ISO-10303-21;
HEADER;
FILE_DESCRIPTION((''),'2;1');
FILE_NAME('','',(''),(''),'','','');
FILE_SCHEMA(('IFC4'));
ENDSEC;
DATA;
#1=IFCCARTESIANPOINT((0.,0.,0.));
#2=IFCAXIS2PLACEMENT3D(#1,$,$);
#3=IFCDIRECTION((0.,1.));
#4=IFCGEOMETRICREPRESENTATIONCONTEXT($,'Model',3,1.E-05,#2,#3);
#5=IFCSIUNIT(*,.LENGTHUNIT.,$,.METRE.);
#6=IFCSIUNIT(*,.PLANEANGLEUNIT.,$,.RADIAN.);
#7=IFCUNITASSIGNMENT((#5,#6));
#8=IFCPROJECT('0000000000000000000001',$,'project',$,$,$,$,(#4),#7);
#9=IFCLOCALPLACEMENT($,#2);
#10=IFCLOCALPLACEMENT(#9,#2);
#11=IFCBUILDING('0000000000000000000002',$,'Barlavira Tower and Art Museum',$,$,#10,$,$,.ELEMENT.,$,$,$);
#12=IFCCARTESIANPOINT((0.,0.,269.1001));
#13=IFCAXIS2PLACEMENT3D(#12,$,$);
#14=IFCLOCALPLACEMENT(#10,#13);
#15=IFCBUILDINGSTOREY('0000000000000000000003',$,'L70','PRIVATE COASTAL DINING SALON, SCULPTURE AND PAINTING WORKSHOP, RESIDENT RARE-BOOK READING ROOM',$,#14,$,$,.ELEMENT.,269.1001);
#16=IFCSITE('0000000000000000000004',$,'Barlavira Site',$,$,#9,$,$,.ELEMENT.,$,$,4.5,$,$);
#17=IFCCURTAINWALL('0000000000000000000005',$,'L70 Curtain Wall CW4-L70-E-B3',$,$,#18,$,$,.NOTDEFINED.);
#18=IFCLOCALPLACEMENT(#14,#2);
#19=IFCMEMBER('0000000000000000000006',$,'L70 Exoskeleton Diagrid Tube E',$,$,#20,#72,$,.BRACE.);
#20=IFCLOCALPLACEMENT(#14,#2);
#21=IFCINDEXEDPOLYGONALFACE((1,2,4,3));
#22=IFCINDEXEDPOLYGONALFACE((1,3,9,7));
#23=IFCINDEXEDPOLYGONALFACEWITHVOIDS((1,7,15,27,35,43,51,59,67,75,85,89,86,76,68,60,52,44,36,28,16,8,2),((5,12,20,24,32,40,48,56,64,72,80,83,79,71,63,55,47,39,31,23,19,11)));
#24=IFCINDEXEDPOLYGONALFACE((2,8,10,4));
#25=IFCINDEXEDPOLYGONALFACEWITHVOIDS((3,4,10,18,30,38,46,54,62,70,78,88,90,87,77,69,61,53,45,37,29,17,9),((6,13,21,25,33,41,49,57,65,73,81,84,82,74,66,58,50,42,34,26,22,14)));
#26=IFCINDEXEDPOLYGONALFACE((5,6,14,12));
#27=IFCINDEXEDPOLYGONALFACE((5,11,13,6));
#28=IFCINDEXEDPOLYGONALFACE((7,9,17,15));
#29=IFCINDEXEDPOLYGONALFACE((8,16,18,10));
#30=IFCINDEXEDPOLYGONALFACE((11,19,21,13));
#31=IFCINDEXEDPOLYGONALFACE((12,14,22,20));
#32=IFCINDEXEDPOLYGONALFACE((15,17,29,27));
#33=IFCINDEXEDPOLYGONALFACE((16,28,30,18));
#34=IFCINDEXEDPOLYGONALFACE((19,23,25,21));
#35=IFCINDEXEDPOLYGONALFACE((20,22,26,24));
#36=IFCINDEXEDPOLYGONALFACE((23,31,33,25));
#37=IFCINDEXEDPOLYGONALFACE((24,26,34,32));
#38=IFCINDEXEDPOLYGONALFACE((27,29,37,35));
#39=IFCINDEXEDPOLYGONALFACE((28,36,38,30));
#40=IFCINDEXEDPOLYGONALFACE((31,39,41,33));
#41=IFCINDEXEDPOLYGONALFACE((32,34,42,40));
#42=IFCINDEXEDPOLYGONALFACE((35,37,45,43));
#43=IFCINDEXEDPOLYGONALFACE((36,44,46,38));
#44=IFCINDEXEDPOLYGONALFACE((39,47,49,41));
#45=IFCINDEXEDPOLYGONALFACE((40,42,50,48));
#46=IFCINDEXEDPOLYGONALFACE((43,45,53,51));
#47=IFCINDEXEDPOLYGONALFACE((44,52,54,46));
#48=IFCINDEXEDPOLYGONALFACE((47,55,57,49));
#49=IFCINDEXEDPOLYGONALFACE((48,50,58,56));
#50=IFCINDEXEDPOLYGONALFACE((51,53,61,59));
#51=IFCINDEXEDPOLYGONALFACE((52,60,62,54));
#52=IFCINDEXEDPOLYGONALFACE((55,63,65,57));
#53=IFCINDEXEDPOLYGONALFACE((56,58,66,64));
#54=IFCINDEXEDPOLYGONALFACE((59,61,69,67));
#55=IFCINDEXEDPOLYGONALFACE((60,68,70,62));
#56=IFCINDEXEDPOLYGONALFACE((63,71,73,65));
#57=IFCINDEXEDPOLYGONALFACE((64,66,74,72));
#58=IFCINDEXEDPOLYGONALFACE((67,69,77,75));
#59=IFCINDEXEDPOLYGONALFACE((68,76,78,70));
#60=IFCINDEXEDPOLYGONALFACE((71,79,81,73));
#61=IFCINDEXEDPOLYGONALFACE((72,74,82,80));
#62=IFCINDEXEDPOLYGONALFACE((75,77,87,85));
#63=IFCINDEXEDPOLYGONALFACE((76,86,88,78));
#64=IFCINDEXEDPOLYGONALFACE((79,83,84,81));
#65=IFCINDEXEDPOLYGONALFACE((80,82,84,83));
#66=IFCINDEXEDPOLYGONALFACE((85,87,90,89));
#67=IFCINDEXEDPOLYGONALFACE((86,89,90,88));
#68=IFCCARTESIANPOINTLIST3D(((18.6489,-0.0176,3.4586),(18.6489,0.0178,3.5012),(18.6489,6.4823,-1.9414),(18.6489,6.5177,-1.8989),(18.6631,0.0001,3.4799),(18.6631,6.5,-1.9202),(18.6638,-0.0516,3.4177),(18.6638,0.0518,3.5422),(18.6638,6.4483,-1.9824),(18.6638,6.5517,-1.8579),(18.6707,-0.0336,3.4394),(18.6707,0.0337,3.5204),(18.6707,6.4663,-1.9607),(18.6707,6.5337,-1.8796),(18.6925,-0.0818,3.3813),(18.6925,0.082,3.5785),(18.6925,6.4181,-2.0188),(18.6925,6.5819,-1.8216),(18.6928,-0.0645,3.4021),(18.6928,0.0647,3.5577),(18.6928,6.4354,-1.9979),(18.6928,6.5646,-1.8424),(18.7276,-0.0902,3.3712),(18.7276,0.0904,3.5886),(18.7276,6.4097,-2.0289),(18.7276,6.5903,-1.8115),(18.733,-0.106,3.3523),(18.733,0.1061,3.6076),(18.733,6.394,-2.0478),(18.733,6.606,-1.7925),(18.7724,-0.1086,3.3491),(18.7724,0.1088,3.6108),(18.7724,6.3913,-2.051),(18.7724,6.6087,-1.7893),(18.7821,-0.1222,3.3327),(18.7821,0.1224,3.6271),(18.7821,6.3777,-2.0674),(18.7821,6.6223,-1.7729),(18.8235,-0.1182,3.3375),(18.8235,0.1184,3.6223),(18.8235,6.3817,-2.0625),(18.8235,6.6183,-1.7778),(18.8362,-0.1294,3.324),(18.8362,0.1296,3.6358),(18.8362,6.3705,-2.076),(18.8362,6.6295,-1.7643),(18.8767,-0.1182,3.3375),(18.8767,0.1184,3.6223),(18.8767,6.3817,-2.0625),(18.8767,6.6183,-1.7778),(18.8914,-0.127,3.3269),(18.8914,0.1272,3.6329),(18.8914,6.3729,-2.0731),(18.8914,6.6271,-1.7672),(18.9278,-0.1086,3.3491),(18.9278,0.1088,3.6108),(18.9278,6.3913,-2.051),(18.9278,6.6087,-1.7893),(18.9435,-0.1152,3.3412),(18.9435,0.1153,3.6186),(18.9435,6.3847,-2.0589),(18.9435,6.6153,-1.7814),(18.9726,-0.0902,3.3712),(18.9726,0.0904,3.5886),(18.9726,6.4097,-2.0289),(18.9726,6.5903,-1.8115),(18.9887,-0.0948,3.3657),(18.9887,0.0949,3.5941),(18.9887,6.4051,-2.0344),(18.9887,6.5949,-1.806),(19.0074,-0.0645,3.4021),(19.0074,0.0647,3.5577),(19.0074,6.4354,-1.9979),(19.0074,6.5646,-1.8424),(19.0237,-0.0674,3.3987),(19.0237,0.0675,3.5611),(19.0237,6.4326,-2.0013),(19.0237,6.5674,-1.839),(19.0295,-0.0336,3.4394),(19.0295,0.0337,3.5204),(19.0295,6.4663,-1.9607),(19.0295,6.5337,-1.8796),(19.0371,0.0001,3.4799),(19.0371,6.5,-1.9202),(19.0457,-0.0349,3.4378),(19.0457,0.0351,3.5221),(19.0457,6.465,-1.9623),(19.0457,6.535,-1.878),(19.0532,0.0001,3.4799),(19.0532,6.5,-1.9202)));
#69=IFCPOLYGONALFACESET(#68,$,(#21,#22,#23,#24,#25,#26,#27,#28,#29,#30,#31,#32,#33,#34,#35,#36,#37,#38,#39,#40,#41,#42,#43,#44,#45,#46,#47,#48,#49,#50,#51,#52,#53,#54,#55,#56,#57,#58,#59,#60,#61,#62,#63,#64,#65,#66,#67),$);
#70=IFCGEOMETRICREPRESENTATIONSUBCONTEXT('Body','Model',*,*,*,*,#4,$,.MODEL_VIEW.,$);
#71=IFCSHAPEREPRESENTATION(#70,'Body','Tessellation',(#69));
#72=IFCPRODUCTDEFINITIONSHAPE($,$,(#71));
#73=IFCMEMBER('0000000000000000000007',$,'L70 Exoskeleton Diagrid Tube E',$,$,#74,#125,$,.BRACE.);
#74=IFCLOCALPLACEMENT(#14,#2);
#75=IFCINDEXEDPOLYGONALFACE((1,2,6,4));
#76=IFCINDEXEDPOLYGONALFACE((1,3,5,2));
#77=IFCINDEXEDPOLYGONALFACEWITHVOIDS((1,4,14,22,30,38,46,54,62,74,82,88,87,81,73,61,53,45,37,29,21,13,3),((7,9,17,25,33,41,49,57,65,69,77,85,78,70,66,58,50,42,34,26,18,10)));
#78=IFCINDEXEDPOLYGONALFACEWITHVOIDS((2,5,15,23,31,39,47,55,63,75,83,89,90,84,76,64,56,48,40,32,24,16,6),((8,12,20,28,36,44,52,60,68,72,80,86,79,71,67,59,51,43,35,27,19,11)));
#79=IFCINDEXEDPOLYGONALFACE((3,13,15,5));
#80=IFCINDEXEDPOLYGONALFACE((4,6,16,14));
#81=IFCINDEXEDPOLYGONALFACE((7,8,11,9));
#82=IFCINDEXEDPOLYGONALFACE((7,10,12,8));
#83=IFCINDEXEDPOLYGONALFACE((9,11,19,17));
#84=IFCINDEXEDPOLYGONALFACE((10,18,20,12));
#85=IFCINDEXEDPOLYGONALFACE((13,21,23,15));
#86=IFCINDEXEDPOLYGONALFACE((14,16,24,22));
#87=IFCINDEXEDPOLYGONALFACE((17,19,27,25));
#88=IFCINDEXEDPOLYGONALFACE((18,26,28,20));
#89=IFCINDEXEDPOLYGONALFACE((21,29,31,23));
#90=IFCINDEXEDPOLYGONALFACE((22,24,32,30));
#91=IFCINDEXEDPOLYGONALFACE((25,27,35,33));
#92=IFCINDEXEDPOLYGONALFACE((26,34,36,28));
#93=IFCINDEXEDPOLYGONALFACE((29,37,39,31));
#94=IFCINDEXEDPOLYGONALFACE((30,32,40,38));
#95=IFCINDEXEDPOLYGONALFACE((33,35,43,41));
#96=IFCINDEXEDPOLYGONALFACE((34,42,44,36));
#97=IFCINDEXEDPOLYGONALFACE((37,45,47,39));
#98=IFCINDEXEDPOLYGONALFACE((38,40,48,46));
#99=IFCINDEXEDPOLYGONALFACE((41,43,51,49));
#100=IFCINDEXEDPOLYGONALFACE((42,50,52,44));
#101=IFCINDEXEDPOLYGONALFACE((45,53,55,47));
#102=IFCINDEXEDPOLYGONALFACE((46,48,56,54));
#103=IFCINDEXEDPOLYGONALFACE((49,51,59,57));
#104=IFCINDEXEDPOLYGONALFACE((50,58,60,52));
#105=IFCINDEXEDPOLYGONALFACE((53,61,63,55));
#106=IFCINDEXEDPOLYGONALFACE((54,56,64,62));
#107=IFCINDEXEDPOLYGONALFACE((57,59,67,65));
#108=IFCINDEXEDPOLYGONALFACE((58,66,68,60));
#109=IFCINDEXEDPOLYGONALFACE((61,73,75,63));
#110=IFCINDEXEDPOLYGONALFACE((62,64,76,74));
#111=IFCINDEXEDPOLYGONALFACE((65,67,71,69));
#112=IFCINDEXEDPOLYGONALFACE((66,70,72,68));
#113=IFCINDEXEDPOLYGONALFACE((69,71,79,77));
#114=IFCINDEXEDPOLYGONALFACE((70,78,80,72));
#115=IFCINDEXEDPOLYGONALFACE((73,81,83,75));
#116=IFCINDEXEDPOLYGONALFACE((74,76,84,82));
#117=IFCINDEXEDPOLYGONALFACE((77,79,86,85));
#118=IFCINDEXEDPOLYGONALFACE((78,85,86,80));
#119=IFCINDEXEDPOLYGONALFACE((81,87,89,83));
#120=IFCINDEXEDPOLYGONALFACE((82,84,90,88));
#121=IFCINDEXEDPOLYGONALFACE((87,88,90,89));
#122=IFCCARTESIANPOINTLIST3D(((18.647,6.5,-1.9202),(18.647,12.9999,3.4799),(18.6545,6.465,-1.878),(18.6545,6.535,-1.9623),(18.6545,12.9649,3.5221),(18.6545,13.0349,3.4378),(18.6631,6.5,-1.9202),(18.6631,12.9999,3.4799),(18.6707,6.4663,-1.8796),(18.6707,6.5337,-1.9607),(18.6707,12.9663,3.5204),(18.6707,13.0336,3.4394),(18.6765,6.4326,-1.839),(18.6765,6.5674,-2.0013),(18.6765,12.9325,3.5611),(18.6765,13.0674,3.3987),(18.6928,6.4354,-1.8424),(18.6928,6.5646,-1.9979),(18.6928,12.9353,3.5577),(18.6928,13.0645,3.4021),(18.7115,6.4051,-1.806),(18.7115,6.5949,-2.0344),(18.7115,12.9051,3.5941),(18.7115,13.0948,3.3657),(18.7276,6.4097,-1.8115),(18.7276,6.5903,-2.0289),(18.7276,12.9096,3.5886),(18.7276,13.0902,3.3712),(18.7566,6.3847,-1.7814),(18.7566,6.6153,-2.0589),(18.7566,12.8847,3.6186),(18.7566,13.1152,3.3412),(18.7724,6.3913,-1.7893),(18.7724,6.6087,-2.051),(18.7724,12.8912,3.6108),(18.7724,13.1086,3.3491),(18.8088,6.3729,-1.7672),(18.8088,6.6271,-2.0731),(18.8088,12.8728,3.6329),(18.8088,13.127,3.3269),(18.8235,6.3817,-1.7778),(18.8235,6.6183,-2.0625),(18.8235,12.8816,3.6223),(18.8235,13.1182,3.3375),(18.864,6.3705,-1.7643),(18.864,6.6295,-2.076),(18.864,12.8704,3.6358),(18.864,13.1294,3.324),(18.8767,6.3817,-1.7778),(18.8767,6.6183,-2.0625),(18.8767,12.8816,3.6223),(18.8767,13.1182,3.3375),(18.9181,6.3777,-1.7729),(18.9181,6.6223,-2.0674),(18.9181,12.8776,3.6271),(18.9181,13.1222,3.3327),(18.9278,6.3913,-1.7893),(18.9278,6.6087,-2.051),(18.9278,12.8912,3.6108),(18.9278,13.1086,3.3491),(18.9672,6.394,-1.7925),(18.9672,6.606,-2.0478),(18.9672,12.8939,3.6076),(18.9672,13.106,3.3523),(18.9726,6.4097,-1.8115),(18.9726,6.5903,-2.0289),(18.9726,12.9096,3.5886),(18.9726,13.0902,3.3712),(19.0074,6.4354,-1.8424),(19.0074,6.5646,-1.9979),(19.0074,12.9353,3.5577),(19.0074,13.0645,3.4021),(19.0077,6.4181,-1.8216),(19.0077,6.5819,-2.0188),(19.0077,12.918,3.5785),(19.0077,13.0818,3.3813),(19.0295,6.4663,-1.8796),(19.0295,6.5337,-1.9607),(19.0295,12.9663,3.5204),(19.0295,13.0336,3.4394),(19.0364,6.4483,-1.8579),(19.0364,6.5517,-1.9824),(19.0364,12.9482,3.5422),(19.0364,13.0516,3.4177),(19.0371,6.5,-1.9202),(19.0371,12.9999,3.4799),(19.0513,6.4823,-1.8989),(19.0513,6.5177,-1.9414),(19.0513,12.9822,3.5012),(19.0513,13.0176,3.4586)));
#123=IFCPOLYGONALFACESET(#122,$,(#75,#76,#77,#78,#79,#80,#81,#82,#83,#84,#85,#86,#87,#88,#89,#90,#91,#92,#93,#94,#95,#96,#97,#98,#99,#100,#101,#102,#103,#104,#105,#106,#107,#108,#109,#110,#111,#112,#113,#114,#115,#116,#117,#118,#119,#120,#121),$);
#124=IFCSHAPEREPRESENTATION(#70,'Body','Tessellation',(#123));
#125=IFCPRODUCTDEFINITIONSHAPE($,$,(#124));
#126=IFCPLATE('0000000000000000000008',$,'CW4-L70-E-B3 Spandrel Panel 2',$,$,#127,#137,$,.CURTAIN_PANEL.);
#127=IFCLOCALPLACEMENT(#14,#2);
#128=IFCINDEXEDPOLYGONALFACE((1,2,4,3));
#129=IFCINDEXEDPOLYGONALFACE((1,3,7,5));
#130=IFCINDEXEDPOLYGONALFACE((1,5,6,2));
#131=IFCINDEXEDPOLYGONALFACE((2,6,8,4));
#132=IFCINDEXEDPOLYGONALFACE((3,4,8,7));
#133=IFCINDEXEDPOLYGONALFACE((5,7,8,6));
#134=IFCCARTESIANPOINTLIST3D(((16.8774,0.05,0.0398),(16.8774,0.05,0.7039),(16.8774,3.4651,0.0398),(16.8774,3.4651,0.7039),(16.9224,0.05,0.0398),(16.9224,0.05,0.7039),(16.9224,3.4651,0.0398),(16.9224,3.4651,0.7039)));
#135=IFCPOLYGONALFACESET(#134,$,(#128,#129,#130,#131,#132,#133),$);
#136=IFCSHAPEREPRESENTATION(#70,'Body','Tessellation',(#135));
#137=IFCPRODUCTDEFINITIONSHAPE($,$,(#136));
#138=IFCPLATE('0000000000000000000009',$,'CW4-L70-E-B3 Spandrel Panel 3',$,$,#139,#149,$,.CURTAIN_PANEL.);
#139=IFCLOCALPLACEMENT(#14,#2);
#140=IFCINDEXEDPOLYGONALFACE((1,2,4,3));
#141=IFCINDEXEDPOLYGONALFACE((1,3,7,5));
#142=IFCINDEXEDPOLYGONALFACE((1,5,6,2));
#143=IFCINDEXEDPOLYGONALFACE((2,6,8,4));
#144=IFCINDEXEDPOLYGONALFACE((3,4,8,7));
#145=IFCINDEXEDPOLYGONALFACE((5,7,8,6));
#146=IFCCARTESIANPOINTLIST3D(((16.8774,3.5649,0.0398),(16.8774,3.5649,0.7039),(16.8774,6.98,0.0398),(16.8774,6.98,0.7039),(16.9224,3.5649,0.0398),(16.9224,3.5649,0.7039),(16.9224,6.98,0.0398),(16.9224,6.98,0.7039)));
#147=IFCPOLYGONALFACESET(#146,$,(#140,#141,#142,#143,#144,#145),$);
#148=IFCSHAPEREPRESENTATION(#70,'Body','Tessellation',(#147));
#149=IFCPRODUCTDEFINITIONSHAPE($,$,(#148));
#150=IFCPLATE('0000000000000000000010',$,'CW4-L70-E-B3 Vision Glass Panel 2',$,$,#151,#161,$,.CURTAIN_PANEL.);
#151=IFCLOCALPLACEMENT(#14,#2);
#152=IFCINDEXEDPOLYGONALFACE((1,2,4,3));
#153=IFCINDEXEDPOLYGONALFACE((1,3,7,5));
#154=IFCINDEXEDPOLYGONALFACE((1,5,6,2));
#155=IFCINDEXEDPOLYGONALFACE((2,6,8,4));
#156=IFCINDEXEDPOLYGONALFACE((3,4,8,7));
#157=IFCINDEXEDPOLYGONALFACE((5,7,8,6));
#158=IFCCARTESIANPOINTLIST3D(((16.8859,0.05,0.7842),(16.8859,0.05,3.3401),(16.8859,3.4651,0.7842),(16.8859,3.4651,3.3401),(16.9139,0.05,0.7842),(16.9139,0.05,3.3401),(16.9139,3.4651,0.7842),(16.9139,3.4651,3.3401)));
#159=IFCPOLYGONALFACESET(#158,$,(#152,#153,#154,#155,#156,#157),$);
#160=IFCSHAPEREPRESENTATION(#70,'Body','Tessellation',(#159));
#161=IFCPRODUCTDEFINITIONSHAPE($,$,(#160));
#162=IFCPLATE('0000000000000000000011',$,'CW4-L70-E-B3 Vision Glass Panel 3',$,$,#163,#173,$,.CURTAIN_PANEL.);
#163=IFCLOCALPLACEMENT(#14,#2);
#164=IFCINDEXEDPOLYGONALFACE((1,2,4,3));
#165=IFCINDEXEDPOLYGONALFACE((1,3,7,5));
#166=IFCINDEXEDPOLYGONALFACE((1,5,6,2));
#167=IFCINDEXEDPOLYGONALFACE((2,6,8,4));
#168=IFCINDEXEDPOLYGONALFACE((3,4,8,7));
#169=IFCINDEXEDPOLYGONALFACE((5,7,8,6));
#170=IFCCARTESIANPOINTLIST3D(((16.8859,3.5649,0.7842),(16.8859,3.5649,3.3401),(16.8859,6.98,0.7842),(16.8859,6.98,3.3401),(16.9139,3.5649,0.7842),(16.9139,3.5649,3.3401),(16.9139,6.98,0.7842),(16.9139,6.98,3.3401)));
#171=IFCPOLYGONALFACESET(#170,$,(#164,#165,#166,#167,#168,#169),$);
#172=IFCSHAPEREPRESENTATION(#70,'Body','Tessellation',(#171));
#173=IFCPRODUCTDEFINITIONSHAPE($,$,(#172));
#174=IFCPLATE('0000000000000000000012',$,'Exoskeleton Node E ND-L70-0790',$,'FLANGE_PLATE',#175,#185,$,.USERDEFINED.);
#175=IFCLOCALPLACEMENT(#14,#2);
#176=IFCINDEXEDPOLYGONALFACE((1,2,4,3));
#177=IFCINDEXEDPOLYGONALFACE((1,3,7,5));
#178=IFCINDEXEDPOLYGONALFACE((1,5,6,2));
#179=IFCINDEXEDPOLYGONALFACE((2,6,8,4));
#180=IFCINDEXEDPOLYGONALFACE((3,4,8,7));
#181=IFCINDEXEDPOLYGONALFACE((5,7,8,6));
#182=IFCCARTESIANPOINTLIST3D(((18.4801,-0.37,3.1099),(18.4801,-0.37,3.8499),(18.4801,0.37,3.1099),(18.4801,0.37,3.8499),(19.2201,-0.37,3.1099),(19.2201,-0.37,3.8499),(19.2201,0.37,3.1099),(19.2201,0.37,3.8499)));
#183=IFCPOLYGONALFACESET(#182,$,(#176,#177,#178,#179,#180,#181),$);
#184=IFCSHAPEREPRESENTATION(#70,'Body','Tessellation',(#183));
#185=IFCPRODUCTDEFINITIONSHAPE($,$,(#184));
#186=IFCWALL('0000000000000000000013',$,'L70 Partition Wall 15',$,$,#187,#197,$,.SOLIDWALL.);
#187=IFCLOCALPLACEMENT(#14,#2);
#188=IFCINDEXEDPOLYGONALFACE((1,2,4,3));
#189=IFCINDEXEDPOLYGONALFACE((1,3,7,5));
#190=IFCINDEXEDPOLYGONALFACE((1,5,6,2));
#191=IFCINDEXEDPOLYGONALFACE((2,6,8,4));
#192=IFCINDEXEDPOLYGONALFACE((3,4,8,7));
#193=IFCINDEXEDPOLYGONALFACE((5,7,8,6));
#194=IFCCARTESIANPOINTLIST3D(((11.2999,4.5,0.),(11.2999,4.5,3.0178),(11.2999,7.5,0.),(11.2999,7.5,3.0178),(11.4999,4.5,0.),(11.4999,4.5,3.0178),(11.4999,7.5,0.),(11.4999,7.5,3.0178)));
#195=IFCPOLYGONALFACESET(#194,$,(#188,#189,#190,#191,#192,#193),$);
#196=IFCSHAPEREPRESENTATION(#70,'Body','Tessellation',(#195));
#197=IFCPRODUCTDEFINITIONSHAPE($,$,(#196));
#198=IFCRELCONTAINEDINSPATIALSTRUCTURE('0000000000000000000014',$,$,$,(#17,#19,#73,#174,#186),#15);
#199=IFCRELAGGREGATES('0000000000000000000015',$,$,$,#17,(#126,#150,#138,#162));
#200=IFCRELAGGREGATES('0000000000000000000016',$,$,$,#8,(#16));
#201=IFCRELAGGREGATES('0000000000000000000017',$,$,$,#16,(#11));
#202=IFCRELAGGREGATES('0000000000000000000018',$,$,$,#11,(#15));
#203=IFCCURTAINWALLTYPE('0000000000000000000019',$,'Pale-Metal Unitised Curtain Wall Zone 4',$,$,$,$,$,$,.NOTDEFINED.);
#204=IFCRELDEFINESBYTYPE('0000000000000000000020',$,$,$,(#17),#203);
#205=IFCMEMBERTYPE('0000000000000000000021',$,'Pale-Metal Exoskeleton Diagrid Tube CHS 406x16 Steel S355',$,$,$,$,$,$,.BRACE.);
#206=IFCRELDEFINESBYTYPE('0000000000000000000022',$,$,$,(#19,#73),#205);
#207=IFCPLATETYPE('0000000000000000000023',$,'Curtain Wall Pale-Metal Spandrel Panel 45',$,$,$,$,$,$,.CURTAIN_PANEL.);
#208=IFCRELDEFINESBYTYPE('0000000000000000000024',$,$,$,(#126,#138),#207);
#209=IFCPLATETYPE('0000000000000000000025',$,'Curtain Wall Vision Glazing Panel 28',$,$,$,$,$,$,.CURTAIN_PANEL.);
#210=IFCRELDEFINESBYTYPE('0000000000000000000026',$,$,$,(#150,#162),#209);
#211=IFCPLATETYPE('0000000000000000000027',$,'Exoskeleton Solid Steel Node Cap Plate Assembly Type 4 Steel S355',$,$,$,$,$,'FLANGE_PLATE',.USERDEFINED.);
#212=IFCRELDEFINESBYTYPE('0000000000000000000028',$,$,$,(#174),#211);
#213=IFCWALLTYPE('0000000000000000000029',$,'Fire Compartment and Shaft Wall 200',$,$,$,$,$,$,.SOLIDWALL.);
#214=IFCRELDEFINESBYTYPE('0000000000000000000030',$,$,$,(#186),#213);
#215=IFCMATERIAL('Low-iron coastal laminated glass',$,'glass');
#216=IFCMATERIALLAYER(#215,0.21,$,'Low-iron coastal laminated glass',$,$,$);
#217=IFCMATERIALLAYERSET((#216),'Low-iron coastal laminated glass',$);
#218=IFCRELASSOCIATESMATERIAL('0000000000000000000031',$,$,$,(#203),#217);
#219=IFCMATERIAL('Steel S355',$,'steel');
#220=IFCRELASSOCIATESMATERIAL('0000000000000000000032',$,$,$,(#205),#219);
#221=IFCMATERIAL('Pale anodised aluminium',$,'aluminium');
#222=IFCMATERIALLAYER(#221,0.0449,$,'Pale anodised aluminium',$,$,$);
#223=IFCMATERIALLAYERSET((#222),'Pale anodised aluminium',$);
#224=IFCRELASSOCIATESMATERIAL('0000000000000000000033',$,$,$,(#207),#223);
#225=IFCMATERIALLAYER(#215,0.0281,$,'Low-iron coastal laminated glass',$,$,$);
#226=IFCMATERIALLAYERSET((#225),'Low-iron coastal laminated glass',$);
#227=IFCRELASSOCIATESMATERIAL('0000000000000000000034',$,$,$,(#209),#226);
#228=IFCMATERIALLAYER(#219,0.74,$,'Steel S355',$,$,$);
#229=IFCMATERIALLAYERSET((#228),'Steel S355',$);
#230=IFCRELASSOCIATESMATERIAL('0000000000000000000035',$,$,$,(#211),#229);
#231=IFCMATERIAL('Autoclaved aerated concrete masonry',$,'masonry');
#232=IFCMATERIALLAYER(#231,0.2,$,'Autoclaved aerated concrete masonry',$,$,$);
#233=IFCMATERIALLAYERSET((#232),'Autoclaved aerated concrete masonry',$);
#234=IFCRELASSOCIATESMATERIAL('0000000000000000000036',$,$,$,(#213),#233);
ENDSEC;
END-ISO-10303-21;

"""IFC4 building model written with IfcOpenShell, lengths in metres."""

from ifc_helpers import new_model, si_unit, direction, frame, frame_2d, origin, origin_2d, place, context, subcontext, project, spatial, rectangle, hollow_circle, extrude, material, layer, layer_set, material_profile, profile_set, type_object, element, aggregate, save


model = new_model("IFC4")

# Units and contexts
model_context = context("Model", 3, precision=1e-05, world=origin(), true_north=direction((0.0, 1.0)))
body_context = subcontext(model_context, "Body", "Model", "MODEL_VIEW")
ifc_project = project(units=[si_unit("LENGTHUNIT", "METRE"), si_unit("PLANEANGLEUNIT", "RADIAN")], contexts=[model_context])

# Site, building, storey
site_placement = place(None, origin())
site = spatial("IfcSite", under=ifc_project, at=site_placement, Name="Barlavira Site", CompositionType="ELEMENT", RefElevation=4.5)
building_placement = place(site_placement, origin())
building = spatial("IfcBuilding", under=site, at=building_placement, Name="Barlavira Tower and Art Museum", CompositionType="ELEMENT")
storey_placement = place(building_placement, frame((0.0, 0.0, 269.1001)))
storey = spatial("IfcBuildingStorey", under=building, at=storey_placement, Name="L70", Description="PRIVATE COASTAL DINING SALON, SCULPTURE AND PAINTING WORKSHOP, RESIDENT RARE-BOOK READING ROOM", CompositionType="ELEMENT", Elevation=269.1001)

# Curtain wall
ifc_material_1 = material(Name="Low-iron coastal laminated glass", Category="glass")
ifc_layer_1 = layer(ifc_material_1, 0.21, Name="Low-iron coastal laminated glass")
ifc_layer_set_1 = layer_set([ifc_layer_1], Name="Low-iron coastal laminated glass")
curtain_wall_type = type_object("IfcCurtainWallType", Name="Pale-Metal Unitised Curtain Wall Zone 4", PredefinedType="NOTDEFINED", material=ifc_layer_set_1)
curtain_wall_placement = place(storey_placement, origin())
curtain_wall = element("IfcCurtainWall", 1, at=curtain_wall_placement, inside=storey, type_object=curtain_wall_type, Name="L70 Curtain Wall CW4-L70-E-B3", PredefinedType="NOTDEFINED")
ifc_material_2 = material(Name="Pale anodised aluminium", Category="aluminium")

# Members
ifc_material_3 = material(Name="Steel S355", Category="steel")
ifc_material_profile_1 = material_profile(ifc_material_3, hollow_circle(Radius=0.2031, WallThickness=0.0161, at=origin_2d()), Name="CHS 406.4x16.0")
ifc_profile_set_1 = profile_set([ifc_material_profile_1], Name="Steel S355")
member_type_1 = type_object("IfcMemberType", Name="Pale-Metal Exoskeleton Diagrid Tube CHS 406x16 Steel S355", PredefinedType="BRACE", material=ifc_profile_set_1)
for number, where, z_axis, x_axis, name in (
    (2, (18.8501, 6.5, -1.9202), (0.0, -0.769182, 0.63903), (1.0, 0.0, 0.0), "L70 Exoskeleton Diagrid Tube E"),
    (3, (18.8501, 6.5, -1.9202), (0.0, 0.769182, 0.63903), (-1.0, 0.0, 0.0), "L70 Exoskeleton Diagrid Tube E"),
):
    element("IfcMember", number, at=place(storey_placement, frame(where, z_axis=z_axis, x_axis=x_axis)), inside=storey, type_object=member_type_1, Name=name, PredefinedType="BRACE", context=body_context, shape_type="SweptSolid", body=[
        extrude(hollow_circle(Radius=0.2031, WallThickness=0.0161, at=origin_2d()), origin(), (0.0, 0.0, 1.0), 8.4504),
    ])

# Plates
ifc_layer_2 = layer(ifc_material_2, 0.0449, Name="Pale anodised aluminium")
ifc_layer_set_2 = layer_set([ifc_layer_2], Name="Pale anodised aluminium")
plate_type_1 = type_object("IfcPlateType", Name="Curtain Wall Pale-Metal Spandrel Panel 45", PredefinedType="CURTAIN_PANEL", material=ifc_layer_set_2)
plate_1_placement = place(storey_placement, frame((16.8999, 1.7576, 0.0398), z_axis=(0.0, 0.0, 1.0), x_axis=(0.0, 1.0, 0.0)))
plate_1 = element("IfcPlate", 4, at=plate_1_placement, type_object=plate_type_1, Name="CW4-L70-E-B3 Spandrel Panel 2", PredefinedType="CURTAIN_PANEL", context=body_context, shape_type="SweptSolid", body=[
    extrude(rectangle(XDim=3.415, YDim=0.0449, at=origin_2d()), origin(), (0.0, 0.0, 1.0), 0.6641),
])
plate_2_placement = place(storey_placement, frame((16.8999, 5.2725, 0.0398), z_axis=(0.0, 0.0, 1.0), x_axis=(0.0, 1.0, 0.0)))
plate_2 = element("IfcPlate", 5, at=plate_2_placement, type_object=plate_type_1, Name="CW4-L70-E-B3 Spandrel Panel 3", PredefinedType="CURTAIN_PANEL", context=body_context, shape_type="SweptSolid", body=[
    extrude(rectangle(XDim=3.415, YDim=0.0449, at=origin_2d()), origin(), (0.0, 0.0, 1.0), 0.6641),
])
ifc_layer_3 = layer(ifc_material_1, 0.0281, Name="Low-iron coastal laminated glass")
ifc_layer_set_3 = layer_set([ifc_layer_3], Name="Low-iron coastal laminated glass")
plate_type_2 = type_object("IfcPlateType", Name="Curtain Wall Vision Glazing Panel 28", PredefinedType="CURTAIN_PANEL", material=ifc_layer_set_3)
plate_3_placement = place(storey_placement, frame((16.8999, 1.7576, 0.7842), z_axis=(0.0, 0.0, 1.0), x_axis=(0.0, 1.0, 0.0)))
plate_3 = element("IfcPlate", 6, at=plate_3_placement, type_object=plate_type_2, Name="CW4-L70-E-B3 Vision Glass Panel 2", PredefinedType="CURTAIN_PANEL", context=body_context, shape_type="SweptSolid", body=[
    extrude(rectangle(XDim=3.415, YDim=0.0281, at=origin_2d()), origin(), (0.0, 0.0, 1.0), 2.5559),
])
plate_4_placement = place(storey_placement, frame((16.8999, 5.2725, 0.7842), z_axis=(0.0, 0.0, 1.0), x_axis=(0.0, 1.0, 0.0)))
plate_4 = element("IfcPlate", 7, at=plate_4_placement, type_object=plate_type_2, Name="CW4-L70-E-B3 Vision Glass Panel 3", PredefinedType="CURTAIN_PANEL", context=body_context, shape_type="SweptSolid", body=[
    extrude(rectangle(XDim=3.415, YDim=0.0281, at=origin_2d()), origin(), (0.0, 0.0, 1.0), 2.5559),
])
aggregate(curtain_wall, [plate_1, plate_3, plate_2, plate_4])
ifc_layer_4 = layer(ifc_material_3, 0.74, Name="Steel S355")
ifc_layer_set_4 = layer_set([ifc_layer_4], Name="Steel S355")
plate_type_3 = type_object("IfcPlateType", Name="Exoskeleton Solid Steel Node Cap Plate Assembly Type 4 Steel S355", ElementType="FLANGE_PLATE", PredefinedType="USERDEFINED", material=ifc_layer_set_4)
plate_5_placement = place(storey_placement, frame((18.8501, 0.0, 3.1099), z_axis=(0.0, 0.0, 1.0), x_axis=(1.0, 0.0, 0.0)))
element("IfcPlate", 8, at=plate_5_placement, inside=storey, type_object=plate_type_3, Name="Exoskeleton Node E ND-L70-0790", ObjectType="FLANGE_PLATE", PredefinedType="USERDEFINED", context=body_context, shape_type="SweptSolid", body=[
    extrude(rectangle(XDim=0.74, YDim=0.74, at=origin_2d()), origin(), (0.0, 0.0, 1.0), 0.74),
])

# Wall
ifc_material_4 = material(Name="Autoclaved aerated concrete masonry", Category="masonry")
ifc_layer_5 = layer(ifc_material_4, 0.2, Name="Autoclaved aerated concrete masonry")
ifc_layer_set_5 = layer_set([ifc_layer_5], Name="Autoclaved aerated concrete masonry")
wall_type = type_object("IfcWallType", Name="Fire Compartment and Shaft Wall 200", PredefinedType="SOLIDWALL", material=ifc_layer_set_5)
wall_1_placement = place(storey_placement, frame((11.3999, 4.5, 0.0), z_axis=(0.0, 0.0, 1.0), x_axis=(0.0, 1.0, 0.0)))
element("IfcWall", 9, at=wall_1_placement, inside=storey, type_object=wall_type, Name="L70 Partition Wall 15", PredefinedType="SOLIDWALL", context=body_context, shape_type="SweptSolid", body=[
    extrude(rectangle(XDim=3.0, YDim=0.2, at=frame_2d((1.5, 0.0))), origin(), (0.0, 0.0, 1.0), 3.0178),
])

save(model, "model.ifc")
